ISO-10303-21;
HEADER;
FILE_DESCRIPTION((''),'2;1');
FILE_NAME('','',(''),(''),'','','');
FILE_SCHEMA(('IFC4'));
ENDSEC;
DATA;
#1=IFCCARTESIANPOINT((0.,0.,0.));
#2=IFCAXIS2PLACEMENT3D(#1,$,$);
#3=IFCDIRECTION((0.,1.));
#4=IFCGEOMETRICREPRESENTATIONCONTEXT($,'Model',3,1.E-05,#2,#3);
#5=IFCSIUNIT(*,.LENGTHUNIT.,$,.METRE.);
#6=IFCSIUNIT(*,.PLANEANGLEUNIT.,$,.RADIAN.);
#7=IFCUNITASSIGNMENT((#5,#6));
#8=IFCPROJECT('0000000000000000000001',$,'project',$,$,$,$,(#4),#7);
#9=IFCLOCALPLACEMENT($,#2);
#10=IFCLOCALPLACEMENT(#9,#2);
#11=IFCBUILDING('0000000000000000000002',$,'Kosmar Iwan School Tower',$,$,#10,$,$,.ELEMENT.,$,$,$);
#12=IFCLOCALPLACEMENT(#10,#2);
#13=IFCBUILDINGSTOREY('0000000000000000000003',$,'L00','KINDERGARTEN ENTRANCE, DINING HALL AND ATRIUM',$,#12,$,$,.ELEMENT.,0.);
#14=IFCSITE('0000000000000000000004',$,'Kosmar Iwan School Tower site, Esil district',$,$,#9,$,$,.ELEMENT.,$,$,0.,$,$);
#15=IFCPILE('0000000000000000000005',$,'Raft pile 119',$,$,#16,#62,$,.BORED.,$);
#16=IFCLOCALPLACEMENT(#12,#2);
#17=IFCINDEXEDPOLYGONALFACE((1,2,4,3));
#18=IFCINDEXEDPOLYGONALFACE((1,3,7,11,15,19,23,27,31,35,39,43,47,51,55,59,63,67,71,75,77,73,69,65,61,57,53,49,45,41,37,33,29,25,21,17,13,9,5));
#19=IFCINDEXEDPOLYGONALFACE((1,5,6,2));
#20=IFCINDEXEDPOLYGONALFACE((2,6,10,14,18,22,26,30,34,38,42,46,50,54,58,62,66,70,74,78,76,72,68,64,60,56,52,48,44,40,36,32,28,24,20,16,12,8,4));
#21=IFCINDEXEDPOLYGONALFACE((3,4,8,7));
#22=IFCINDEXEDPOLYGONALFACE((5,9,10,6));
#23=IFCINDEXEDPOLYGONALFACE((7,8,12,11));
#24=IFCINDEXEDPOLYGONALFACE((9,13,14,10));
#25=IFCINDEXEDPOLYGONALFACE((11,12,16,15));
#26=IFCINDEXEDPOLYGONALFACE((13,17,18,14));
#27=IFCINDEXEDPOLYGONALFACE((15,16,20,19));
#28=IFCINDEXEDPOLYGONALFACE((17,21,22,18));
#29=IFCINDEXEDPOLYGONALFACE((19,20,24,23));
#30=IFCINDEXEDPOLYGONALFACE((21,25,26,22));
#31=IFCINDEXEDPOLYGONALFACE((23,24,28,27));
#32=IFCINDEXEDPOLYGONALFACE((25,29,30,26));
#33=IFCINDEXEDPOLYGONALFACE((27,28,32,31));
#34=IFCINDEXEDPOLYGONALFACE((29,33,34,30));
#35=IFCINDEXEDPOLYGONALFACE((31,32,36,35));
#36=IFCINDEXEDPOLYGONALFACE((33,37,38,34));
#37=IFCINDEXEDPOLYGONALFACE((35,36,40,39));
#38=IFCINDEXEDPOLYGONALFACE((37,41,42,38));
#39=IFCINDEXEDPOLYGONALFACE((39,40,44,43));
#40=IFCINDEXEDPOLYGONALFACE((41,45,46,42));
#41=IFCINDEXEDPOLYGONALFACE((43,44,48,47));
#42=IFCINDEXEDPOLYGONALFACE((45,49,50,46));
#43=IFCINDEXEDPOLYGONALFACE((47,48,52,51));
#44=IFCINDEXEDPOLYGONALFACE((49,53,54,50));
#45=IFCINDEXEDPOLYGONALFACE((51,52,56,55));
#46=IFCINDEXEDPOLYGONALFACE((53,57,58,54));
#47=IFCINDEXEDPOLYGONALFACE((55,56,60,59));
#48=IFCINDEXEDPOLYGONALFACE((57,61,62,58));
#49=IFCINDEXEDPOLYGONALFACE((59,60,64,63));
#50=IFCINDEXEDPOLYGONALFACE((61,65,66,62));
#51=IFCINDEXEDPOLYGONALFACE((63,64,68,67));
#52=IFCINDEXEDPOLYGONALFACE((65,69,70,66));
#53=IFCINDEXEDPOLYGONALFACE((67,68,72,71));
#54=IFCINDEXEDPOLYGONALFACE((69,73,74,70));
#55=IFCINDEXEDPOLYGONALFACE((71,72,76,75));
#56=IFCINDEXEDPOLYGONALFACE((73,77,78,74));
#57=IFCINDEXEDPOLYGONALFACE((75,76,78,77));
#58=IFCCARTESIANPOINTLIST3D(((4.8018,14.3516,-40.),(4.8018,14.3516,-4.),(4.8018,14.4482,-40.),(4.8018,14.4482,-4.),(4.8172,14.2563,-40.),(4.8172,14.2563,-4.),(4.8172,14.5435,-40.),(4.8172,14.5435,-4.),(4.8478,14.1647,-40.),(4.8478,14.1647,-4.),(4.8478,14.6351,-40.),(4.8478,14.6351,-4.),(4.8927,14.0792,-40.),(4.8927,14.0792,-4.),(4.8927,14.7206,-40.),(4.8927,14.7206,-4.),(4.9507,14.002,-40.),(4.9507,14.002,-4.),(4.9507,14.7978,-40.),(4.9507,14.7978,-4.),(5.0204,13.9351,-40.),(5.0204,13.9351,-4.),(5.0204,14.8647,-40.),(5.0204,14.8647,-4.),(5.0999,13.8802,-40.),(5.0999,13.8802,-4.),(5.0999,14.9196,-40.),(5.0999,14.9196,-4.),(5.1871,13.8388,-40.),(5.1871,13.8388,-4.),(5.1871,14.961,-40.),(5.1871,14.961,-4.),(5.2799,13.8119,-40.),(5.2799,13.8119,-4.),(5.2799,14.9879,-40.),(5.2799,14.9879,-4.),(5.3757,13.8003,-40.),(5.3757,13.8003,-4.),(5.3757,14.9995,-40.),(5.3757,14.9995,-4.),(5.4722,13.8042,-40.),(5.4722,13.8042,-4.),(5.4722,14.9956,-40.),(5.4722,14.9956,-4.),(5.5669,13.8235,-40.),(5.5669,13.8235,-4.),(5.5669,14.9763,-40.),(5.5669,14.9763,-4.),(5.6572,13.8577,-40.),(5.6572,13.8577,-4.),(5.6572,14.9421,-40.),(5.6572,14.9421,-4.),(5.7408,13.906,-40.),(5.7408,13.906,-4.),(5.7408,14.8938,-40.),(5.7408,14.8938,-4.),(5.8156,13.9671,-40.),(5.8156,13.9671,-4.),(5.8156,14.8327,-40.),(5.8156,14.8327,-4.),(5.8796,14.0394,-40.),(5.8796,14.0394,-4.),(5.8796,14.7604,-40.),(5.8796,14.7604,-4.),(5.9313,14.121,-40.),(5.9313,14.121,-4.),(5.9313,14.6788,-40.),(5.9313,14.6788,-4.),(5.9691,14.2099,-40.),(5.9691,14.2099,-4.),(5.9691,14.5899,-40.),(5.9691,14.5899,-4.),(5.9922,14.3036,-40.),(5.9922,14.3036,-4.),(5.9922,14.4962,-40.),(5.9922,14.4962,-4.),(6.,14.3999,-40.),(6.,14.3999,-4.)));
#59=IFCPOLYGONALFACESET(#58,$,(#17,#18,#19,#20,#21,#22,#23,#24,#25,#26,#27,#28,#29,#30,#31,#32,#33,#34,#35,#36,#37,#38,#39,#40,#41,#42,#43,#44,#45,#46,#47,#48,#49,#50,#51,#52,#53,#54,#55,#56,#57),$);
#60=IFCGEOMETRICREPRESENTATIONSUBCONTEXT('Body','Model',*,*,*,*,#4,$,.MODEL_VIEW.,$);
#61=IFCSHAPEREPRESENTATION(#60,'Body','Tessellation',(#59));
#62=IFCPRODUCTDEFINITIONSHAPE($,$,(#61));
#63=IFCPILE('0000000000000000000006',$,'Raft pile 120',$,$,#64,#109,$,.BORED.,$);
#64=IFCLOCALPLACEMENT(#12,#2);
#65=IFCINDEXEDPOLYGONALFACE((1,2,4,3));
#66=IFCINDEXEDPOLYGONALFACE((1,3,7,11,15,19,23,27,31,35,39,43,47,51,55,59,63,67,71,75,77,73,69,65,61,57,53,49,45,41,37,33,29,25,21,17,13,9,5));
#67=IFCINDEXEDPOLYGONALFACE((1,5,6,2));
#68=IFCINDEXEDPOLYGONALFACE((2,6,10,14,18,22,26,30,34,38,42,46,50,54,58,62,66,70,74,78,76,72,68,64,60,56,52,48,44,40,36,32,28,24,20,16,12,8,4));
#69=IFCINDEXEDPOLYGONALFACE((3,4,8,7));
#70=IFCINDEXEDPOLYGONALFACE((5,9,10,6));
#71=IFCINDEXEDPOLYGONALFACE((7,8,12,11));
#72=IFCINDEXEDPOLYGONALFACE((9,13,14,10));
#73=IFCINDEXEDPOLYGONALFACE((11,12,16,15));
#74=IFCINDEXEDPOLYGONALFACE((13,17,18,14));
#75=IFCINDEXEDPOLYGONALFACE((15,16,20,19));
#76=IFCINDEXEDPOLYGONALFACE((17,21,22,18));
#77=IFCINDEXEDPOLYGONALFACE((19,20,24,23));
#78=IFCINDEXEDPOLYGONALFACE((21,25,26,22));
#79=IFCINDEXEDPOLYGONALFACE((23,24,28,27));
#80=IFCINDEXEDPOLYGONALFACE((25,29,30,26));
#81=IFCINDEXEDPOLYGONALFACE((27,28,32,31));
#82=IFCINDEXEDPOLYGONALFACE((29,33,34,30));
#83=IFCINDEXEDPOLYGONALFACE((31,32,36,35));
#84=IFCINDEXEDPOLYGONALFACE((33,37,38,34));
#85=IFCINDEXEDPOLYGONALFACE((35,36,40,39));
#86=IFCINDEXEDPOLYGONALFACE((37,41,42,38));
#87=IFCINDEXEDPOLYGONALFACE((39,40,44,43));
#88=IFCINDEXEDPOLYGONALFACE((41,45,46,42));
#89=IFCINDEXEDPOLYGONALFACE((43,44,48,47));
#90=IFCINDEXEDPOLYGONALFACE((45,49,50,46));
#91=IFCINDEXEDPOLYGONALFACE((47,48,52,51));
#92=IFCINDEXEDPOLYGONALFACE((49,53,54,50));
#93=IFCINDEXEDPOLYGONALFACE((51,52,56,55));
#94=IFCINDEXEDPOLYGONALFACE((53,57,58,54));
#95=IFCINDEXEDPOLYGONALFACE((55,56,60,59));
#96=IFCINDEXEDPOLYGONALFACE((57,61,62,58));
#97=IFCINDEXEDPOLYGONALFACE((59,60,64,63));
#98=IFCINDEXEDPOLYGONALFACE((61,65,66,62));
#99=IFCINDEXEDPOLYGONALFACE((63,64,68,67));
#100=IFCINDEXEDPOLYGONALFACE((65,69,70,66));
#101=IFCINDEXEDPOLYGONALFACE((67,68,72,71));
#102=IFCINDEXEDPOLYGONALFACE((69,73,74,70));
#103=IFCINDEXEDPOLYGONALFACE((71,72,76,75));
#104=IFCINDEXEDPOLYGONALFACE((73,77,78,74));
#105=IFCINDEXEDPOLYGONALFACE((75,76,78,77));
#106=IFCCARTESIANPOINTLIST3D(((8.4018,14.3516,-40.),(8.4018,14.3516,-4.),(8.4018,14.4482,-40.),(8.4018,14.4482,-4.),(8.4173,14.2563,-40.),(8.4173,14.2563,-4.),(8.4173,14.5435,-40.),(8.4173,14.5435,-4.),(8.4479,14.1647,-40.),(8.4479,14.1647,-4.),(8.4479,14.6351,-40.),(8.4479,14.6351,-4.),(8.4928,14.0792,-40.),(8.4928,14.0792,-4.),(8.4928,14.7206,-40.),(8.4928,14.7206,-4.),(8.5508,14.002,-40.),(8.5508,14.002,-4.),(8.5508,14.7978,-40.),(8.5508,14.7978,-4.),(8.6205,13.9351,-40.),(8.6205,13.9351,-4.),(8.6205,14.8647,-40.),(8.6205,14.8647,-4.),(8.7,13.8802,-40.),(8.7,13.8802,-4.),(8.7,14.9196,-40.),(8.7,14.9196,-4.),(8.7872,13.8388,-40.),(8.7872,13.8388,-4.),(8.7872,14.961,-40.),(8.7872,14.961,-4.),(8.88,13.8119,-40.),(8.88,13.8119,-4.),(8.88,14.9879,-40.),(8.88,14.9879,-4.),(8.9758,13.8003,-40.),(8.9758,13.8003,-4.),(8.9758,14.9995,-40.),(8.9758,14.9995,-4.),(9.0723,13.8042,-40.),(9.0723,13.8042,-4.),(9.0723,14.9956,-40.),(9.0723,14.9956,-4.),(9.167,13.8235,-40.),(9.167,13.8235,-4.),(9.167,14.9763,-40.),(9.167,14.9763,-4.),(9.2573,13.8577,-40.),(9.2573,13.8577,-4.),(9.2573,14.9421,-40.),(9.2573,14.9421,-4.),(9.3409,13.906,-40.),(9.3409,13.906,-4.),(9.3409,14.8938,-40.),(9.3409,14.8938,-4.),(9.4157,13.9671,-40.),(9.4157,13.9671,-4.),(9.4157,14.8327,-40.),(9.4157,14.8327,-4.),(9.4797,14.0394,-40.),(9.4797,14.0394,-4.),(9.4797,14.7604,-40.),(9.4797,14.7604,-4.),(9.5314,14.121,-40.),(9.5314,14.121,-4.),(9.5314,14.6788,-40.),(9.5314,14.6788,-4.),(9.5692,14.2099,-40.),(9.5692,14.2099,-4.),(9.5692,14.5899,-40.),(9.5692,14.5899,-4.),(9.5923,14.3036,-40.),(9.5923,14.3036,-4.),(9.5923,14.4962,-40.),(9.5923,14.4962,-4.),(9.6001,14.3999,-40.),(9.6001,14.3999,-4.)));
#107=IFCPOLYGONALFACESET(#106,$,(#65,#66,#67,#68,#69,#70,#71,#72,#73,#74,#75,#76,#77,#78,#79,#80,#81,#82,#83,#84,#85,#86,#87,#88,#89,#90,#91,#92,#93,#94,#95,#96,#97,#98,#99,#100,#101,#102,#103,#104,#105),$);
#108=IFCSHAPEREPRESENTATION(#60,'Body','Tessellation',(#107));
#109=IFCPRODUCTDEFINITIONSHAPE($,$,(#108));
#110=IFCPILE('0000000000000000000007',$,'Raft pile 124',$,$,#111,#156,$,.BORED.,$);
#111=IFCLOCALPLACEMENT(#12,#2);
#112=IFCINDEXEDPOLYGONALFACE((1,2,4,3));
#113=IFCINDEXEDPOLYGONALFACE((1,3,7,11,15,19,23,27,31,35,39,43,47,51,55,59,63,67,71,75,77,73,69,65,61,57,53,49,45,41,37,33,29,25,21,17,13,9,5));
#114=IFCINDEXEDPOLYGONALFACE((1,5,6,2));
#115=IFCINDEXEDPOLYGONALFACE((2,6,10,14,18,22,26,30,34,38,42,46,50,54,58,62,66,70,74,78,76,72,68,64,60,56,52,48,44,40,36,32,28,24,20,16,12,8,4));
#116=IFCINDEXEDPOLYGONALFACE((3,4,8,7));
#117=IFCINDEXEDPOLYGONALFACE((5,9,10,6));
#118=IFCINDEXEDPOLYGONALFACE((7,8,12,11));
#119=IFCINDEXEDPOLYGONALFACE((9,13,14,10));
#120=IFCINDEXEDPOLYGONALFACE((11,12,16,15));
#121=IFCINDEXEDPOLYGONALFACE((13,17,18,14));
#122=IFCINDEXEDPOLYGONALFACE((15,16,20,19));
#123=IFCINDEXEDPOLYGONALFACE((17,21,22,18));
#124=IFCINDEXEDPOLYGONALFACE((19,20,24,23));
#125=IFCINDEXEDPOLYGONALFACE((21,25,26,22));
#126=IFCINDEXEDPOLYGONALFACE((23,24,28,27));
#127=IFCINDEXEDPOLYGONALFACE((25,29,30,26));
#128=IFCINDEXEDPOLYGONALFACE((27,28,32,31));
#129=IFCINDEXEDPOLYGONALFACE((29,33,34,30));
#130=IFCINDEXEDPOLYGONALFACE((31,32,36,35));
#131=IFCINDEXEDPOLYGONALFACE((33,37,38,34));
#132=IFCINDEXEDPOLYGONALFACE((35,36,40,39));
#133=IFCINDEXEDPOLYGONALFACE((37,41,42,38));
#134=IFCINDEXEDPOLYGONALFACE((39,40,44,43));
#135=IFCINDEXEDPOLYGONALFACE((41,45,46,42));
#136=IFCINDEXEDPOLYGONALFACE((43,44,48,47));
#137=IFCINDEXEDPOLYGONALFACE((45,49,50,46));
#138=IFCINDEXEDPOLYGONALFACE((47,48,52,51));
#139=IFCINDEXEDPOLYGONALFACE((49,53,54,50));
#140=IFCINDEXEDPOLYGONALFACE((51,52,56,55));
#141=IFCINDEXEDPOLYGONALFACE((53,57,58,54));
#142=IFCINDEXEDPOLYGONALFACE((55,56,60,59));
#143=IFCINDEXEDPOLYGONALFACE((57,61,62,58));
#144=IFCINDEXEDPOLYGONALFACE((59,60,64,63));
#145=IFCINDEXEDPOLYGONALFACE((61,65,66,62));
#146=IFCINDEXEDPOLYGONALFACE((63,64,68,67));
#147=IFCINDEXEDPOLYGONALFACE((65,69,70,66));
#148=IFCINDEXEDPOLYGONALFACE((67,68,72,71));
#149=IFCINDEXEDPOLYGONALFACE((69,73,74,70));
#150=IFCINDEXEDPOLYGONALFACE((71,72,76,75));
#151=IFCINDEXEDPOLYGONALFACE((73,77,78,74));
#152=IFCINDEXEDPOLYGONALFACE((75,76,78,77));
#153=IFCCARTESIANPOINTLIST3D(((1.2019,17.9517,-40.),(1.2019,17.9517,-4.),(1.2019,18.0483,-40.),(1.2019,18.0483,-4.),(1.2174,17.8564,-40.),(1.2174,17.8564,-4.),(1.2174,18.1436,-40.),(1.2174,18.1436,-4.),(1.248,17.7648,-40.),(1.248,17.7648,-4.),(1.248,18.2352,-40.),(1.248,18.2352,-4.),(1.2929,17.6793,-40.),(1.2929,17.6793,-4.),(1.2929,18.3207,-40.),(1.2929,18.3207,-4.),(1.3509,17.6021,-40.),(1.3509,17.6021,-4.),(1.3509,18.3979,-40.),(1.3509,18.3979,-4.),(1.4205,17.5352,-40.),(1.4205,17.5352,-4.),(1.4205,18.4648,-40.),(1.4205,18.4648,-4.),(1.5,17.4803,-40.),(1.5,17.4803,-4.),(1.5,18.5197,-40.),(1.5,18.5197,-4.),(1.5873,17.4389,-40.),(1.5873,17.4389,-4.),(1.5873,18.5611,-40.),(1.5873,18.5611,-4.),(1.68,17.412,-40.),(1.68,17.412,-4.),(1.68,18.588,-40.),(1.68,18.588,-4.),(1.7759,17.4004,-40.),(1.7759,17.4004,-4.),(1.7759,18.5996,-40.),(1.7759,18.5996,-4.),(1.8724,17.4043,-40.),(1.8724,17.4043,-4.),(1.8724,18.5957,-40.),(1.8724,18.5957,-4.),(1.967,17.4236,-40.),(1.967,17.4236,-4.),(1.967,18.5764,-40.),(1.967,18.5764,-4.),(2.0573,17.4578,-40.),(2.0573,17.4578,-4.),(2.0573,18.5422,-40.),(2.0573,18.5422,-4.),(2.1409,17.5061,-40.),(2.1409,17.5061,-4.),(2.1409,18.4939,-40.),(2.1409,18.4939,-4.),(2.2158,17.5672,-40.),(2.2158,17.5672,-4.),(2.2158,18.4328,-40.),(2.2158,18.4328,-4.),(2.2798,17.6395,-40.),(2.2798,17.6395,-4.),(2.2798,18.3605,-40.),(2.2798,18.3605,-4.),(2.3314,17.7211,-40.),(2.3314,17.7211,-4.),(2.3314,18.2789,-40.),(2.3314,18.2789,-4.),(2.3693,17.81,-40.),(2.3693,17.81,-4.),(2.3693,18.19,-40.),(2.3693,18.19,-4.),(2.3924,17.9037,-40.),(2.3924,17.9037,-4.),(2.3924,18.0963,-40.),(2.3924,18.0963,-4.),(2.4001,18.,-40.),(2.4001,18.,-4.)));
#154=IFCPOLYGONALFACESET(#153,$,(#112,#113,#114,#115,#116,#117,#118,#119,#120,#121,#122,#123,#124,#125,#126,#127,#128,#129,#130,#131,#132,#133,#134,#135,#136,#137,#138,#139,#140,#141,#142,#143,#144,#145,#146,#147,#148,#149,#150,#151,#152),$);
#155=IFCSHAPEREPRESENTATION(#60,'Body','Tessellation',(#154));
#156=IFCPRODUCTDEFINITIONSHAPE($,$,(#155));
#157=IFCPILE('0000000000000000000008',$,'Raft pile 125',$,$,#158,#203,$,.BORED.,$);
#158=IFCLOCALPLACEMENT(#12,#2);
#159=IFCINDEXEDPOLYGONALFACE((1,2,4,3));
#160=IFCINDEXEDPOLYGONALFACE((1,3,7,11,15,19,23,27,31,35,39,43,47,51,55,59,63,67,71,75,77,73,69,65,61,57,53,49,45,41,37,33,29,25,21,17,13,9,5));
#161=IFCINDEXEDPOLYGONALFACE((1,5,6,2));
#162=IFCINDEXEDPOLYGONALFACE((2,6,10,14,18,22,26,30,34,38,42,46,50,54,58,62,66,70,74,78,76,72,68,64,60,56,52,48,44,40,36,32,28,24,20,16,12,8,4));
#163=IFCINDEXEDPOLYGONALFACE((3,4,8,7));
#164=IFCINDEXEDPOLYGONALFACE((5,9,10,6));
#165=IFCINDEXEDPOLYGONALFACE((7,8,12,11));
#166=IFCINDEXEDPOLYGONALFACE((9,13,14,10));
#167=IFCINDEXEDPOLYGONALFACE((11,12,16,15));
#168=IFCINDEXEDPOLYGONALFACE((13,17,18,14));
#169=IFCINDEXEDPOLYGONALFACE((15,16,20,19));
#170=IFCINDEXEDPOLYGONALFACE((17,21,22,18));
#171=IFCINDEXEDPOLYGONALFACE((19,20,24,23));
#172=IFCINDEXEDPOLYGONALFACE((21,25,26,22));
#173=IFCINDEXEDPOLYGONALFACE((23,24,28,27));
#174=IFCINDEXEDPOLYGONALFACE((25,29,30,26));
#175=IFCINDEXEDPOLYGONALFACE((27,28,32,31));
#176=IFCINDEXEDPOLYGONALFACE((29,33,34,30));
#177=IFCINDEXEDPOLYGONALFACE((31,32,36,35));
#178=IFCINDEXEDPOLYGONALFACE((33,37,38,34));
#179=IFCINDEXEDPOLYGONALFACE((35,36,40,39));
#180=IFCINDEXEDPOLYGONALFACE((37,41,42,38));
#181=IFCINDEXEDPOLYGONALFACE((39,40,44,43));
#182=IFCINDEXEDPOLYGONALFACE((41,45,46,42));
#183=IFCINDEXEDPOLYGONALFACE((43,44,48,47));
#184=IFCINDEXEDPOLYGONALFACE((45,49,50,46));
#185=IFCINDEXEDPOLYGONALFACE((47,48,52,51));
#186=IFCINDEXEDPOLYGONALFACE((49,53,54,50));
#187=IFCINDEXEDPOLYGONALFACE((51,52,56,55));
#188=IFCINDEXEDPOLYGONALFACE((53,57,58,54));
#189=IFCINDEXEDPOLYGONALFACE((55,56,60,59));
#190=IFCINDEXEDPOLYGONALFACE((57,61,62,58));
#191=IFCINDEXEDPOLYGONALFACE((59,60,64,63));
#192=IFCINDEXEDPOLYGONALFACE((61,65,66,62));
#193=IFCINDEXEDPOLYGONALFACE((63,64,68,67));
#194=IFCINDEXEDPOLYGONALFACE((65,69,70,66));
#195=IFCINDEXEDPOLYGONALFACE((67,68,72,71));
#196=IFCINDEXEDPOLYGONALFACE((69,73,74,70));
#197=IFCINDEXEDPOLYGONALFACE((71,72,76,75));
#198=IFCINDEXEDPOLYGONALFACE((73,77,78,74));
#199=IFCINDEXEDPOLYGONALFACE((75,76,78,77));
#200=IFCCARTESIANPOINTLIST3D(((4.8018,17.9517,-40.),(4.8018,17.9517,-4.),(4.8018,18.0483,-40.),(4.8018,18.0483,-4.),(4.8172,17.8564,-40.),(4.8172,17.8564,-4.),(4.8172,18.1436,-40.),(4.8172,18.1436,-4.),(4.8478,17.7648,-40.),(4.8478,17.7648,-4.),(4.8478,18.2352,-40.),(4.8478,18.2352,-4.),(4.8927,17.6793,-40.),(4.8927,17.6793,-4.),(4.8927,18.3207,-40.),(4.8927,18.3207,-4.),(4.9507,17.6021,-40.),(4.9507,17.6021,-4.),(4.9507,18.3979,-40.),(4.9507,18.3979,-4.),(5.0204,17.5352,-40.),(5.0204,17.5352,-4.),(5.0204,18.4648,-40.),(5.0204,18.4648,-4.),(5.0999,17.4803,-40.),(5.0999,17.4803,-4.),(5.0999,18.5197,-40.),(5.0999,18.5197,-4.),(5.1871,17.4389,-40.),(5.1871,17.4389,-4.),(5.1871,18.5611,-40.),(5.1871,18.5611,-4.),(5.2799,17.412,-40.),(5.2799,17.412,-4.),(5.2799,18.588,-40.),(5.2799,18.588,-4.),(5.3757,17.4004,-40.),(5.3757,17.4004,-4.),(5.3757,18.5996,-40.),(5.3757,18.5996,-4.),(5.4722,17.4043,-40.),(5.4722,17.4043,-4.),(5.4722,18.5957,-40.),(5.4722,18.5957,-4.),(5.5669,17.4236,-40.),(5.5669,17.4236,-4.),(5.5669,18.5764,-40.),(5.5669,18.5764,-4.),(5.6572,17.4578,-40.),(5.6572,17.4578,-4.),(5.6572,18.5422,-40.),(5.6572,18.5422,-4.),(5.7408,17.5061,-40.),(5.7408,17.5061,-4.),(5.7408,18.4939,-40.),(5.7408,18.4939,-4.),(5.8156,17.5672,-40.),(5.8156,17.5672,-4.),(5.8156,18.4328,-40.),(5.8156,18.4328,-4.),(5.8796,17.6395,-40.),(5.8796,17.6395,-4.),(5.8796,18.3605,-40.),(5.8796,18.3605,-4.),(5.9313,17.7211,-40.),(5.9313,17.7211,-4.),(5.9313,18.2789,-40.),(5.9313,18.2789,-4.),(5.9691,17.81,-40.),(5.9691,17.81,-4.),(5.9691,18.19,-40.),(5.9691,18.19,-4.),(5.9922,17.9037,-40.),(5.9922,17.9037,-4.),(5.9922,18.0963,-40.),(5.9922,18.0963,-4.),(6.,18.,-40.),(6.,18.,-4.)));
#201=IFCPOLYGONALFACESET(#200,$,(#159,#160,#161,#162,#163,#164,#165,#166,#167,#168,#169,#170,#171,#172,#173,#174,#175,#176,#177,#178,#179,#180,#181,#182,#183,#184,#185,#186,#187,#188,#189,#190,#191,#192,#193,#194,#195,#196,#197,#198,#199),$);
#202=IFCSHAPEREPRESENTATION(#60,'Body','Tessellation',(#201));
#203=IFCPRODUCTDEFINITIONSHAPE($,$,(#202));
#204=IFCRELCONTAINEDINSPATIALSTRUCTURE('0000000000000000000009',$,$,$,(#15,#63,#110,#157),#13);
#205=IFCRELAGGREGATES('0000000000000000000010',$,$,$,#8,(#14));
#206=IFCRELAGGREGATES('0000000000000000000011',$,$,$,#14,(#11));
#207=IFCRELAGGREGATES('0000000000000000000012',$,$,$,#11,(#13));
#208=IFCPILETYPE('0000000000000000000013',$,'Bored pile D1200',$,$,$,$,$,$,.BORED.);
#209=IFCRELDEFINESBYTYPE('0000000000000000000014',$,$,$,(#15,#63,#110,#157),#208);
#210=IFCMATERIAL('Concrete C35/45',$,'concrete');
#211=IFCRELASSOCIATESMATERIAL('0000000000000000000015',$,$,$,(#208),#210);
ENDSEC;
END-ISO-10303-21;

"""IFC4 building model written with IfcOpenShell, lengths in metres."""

from ifc_helpers import new_model, si_unit, direction, frame, origin, origin_2d, place, context, subcontext, project, spatial, circle, extrude, material, material_profile, profile_set, type_object, element, save


model = new_model("IFC4")

# Units and contexts
model_context = context("Model", 3, precision=1e-05, world=origin(), true_north=direction((0.0, 1.0)))
body_context = subcontext(model_context, "Body", "Model", "MODEL_VIEW")
ifc_project = project(units=[si_unit("LENGTHUNIT", "METRE"), si_unit("PLANEANGLEUNIT", "RADIAN")], contexts=[model_context])

# Site, building, storey
site_placement = place(None, origin())
site = spatial("IfcSite", under=ifc_project, at=site_placement, Name="Kosmar Iwan School Tower site, Esil district", CompositionType="ELEMENT", RefElevation=0.0)
building_placement = place(site_placement, origin())
building = spatial("IfcBuilding", under=site, at=building_placement, Name="Kosmar Iwan School Tower", CompositionType="ELEMENT")
storey_placement = place(building_placement, origin())
storey = spatial("IfcBuildingStorey", under=building, at=storey_placement, Name="L00", Description="KINDERGARTEN ENTRANCE, DINING HALL AND ATRIUM", CompositionType="ELEMENT", Elevation=0.0)

# Piles
ifc_material_1 = material(Name="Concrete C35/45", Category="concrete")
ifc_material_profile_1 = material_profile(ifc_material_1, circle(Radius=0.6001, at=origin_2d()), Name="D1200")
ifc_profile_set_1 = profile_set([ifc_material_profile_1], Name="Concrete C35/45")
pile_type = type_object("IfcPileType", Name="Bored pile D1200", PredefinedType="BORED", material=ifc_profile_set_1)
for number, where, z_axis, x_axis, name in (
    (1, (5.3999, 14.3999, -4.0), (0.0, 0.0, -1.0), (1.0, 0.0, 0.0), "Raft pile 119"),
    (2, (9.0, 14.3999, -4.0), (0.0, 0.0, -1.0), (1.0, 0.0, 0.0), "Raft pile 120"),
    (3, (1.8, 18.0, -4.0), (0.0, 0.0, -1.0), (1.0, 0.0, 0.0), "Raft pile 124"),
    (4, (5.3999, 18.0, -4.0), (0.0, 0.0, -1.0), (1.0, 0.0, 0.0), "Raft pile 125"),
):
    element("IfcPile", number, at=place(storey_placement, frame(where, z_axis=z_axis, x_axis=x_axis)), inside=storey, type_object=pile_type, Name=name, PredefinedType="BORED", context=body_context, shape_type="SweptSolid", body=[
        extrude(circle(Radius=0.6001, at=origin_2d()), origin(), (0.0, 0.0, 1.0), 36.0),
    ])

save(model, "model.ifc")
